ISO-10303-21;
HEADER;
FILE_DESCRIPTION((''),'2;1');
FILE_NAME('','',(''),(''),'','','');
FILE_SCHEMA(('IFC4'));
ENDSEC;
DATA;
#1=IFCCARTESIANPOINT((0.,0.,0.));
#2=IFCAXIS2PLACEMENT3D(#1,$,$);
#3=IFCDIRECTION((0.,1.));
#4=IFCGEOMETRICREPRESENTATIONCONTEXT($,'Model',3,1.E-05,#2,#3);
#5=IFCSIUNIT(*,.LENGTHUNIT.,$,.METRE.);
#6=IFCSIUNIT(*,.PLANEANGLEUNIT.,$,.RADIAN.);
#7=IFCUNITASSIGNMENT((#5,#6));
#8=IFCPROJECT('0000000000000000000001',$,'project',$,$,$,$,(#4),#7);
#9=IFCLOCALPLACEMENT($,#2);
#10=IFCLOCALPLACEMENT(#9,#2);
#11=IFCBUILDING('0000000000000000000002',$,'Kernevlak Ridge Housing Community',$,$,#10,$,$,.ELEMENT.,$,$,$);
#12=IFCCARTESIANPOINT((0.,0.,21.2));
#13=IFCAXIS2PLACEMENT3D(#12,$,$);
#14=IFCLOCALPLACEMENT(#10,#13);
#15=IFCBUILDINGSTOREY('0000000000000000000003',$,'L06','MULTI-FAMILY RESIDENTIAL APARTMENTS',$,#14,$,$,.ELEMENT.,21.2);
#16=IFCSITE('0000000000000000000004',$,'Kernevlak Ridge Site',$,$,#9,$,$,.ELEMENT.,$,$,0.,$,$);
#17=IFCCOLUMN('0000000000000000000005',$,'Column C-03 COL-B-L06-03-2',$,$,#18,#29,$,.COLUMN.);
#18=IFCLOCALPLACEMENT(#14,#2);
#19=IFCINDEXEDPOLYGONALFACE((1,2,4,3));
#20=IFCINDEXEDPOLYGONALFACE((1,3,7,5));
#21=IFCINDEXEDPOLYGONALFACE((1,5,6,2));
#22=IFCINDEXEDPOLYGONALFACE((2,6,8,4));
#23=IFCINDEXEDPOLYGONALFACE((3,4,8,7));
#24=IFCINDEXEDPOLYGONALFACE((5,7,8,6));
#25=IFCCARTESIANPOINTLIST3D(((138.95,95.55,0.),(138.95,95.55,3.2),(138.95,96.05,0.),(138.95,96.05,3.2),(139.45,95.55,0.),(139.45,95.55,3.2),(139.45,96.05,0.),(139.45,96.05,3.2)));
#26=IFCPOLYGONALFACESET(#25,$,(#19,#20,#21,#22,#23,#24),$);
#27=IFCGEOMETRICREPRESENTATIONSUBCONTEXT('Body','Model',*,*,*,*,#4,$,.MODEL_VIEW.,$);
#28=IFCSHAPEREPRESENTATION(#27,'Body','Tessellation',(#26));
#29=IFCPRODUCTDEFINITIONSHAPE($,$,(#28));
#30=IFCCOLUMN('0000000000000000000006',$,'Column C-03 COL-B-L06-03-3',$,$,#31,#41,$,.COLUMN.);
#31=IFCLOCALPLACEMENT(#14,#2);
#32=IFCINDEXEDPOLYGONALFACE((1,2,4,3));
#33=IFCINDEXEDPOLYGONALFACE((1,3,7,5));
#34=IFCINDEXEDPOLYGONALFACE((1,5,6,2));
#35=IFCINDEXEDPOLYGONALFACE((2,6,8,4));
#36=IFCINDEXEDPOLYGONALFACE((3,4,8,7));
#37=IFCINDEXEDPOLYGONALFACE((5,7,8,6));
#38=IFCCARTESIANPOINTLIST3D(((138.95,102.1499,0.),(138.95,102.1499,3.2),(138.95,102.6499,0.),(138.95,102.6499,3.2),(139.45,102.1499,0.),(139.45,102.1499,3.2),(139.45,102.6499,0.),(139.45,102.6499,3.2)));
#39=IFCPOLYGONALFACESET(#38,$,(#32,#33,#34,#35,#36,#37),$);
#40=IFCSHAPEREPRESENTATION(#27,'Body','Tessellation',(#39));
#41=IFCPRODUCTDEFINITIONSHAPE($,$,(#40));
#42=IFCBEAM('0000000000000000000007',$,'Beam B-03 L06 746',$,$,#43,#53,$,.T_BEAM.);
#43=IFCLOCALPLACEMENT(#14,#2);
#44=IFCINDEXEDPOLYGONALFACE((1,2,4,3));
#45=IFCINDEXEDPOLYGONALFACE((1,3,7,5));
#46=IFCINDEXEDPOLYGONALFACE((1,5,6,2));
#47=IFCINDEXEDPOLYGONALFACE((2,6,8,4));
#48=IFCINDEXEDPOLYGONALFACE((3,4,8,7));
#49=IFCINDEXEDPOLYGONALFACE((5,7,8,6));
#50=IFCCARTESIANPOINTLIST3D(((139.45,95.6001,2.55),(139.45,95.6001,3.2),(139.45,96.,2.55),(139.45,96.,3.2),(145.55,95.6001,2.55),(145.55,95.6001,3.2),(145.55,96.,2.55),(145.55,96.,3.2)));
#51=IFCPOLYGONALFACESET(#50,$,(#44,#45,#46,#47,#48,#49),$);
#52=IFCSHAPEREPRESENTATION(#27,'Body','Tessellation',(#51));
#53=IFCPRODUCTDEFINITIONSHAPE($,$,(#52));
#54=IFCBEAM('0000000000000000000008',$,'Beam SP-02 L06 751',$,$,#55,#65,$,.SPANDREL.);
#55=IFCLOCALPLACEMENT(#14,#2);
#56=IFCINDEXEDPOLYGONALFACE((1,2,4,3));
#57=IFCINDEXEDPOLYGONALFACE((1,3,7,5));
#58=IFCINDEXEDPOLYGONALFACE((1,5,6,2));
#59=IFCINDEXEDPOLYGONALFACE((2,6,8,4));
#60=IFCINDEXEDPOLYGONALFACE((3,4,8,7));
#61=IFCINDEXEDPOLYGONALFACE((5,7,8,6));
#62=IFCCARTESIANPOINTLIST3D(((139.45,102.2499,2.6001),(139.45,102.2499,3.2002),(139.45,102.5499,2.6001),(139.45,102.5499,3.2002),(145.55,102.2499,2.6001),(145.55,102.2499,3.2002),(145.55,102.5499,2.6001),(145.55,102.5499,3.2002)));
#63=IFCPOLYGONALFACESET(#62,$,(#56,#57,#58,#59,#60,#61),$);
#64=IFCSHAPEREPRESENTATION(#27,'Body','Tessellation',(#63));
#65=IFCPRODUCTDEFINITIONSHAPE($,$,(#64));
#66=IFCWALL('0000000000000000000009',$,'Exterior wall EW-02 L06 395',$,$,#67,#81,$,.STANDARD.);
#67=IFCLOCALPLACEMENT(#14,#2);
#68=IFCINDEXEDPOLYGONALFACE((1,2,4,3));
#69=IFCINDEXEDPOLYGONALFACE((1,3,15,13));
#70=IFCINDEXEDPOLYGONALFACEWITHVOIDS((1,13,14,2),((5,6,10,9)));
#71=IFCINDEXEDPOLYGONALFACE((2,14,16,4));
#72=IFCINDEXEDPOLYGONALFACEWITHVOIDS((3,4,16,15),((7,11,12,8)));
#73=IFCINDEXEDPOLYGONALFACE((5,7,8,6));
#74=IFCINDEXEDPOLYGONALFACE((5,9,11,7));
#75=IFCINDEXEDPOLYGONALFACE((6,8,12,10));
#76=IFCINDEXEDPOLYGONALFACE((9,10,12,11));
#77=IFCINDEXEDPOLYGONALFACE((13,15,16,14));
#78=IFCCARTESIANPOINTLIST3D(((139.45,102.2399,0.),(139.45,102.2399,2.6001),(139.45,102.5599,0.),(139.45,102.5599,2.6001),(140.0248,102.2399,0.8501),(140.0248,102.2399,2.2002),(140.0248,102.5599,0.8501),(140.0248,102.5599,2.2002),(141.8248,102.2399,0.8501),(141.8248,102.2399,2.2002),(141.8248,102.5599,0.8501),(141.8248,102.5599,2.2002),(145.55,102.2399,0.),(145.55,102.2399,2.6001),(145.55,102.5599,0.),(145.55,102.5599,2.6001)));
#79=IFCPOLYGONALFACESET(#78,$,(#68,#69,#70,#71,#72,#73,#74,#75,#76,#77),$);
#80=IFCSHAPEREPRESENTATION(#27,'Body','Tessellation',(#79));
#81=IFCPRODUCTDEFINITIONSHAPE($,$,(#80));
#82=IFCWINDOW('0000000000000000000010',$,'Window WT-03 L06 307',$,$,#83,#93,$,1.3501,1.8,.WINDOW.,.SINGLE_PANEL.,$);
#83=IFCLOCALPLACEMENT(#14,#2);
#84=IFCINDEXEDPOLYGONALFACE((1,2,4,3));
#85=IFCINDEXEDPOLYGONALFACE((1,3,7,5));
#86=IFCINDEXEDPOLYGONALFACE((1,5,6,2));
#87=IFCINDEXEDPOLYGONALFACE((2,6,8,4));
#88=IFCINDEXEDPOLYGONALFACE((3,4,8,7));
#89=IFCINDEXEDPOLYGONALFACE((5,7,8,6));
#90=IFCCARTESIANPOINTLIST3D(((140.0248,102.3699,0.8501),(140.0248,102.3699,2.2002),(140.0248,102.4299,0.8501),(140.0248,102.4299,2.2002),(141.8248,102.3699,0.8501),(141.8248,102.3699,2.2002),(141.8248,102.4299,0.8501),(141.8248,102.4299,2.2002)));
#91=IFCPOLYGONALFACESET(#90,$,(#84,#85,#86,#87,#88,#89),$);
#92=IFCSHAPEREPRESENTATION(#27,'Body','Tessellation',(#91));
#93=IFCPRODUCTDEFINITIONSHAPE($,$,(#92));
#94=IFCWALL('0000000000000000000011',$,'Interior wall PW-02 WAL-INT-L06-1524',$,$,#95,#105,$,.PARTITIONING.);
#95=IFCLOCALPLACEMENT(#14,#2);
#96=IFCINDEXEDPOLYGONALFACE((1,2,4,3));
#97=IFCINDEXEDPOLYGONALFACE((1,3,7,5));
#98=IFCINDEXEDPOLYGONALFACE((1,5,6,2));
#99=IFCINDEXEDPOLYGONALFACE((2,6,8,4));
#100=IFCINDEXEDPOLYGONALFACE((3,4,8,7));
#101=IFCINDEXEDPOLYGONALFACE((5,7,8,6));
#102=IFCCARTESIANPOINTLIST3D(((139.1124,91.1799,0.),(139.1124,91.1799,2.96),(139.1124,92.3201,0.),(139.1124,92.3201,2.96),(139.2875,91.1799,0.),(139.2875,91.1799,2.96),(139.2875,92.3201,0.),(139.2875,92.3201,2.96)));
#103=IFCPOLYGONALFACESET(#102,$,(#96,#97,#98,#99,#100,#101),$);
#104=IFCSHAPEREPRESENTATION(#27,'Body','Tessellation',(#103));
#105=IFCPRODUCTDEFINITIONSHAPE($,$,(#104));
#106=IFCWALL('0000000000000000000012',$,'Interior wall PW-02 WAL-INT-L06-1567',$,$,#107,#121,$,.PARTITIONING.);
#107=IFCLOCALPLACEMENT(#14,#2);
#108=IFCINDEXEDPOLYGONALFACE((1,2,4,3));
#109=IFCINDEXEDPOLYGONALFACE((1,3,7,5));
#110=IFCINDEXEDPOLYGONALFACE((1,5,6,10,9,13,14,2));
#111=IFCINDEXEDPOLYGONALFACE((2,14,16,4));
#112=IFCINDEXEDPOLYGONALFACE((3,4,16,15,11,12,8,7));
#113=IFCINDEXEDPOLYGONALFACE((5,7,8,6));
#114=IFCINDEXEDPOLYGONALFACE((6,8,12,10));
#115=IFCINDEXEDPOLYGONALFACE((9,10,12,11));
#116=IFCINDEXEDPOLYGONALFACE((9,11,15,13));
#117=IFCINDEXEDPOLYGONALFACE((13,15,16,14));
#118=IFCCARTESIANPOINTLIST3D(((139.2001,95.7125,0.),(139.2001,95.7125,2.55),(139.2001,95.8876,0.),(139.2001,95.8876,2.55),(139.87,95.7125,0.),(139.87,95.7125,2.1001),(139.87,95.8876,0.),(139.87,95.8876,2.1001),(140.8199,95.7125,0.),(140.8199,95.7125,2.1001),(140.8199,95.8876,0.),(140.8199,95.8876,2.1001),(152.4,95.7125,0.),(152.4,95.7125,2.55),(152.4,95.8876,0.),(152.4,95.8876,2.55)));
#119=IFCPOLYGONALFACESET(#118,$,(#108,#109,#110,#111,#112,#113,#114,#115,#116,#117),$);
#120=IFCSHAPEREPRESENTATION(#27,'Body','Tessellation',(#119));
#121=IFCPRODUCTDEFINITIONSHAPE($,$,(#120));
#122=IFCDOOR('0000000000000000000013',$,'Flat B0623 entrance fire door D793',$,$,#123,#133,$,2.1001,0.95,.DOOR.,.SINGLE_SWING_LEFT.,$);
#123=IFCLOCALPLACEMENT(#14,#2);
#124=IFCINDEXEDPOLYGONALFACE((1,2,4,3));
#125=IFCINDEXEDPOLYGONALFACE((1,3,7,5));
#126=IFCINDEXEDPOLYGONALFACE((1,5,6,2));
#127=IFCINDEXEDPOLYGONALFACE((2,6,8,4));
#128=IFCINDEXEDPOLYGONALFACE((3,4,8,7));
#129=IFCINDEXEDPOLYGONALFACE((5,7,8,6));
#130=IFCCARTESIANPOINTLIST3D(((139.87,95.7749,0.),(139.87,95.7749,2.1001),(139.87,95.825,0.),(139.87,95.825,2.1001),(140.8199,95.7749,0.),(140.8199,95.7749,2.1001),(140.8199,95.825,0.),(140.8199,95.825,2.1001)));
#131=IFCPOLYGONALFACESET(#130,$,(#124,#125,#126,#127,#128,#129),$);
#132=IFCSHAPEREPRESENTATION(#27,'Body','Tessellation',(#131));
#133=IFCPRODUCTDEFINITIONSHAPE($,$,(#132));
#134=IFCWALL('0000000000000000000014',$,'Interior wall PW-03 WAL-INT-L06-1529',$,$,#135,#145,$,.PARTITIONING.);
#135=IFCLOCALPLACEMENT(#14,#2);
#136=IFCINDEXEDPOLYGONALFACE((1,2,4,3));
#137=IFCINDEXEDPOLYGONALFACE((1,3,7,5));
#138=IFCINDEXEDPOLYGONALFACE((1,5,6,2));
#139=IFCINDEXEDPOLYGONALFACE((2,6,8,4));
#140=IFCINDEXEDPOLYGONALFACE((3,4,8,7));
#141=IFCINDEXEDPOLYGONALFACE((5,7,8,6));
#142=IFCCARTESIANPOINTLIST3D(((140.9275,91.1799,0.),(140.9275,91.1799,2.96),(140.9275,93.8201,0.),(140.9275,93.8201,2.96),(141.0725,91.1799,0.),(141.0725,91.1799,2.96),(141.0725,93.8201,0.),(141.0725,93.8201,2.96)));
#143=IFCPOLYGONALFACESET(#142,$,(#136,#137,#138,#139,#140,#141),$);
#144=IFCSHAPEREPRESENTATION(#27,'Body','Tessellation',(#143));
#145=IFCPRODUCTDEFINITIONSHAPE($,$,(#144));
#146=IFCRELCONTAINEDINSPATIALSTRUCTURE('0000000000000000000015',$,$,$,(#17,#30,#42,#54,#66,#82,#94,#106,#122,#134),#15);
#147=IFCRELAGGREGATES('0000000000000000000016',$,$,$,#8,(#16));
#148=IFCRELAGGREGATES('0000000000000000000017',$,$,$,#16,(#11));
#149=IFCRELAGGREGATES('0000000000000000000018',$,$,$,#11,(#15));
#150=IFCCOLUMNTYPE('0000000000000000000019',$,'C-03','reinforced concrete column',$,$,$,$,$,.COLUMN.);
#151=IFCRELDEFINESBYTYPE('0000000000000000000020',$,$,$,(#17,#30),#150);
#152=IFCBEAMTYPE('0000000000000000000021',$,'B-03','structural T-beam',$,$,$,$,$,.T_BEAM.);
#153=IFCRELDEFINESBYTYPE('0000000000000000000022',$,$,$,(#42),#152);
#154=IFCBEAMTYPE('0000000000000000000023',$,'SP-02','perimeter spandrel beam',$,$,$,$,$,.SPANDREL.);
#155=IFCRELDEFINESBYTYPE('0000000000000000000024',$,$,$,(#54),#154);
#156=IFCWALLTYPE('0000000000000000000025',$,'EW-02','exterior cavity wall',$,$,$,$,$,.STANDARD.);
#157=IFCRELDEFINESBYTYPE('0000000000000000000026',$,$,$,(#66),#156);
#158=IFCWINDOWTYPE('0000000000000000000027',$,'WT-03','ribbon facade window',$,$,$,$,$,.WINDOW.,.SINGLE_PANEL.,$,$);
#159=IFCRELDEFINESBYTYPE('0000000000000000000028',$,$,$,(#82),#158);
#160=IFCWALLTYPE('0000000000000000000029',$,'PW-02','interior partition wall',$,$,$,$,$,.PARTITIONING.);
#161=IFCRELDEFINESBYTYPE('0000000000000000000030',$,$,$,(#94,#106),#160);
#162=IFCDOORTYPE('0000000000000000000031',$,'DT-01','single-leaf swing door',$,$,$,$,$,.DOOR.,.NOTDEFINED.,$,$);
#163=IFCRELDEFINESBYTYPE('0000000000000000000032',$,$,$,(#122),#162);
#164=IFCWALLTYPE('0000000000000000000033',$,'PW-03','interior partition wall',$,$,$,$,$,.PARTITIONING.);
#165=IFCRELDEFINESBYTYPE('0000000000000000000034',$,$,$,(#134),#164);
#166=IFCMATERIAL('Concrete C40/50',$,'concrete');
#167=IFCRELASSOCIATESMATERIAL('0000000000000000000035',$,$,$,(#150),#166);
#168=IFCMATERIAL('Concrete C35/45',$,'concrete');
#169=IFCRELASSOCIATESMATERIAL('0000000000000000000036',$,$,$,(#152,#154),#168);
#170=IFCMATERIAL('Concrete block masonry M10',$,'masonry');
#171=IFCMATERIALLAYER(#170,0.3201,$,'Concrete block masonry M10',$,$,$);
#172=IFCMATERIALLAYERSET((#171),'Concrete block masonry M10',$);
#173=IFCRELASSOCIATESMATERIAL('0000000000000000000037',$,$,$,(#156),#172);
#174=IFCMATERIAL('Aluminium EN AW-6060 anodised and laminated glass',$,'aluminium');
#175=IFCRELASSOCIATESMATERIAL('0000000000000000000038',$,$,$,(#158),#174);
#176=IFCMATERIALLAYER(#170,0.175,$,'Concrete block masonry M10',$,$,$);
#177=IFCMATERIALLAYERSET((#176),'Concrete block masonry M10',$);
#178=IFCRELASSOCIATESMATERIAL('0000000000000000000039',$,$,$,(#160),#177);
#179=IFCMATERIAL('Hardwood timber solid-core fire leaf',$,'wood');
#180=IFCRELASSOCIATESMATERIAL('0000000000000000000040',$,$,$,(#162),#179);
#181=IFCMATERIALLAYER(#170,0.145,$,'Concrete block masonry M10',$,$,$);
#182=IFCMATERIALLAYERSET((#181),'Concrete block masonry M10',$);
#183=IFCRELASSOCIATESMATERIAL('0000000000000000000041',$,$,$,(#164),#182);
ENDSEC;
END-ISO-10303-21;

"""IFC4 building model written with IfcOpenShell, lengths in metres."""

from ifc_helpers import new_model, si_unit, direction, frame, frame_2d, origin, origin_2d, place, context, subcontext, project, spatial, rectangle, extrude, material, layer, layer_set, material_profile, profile_set, type_object, element, fill, save


model = new_model("IFC4")

# Units and contexts
model_context = context("Model", 3, precision=1e-05, world=origin(), true_north=direction((0.0, 1.0)))
body_context = subcontext(model_context, "Body", "Model", "MODEL_VIEW")
ifc_project = project(units=[si_unit("LENGTHUNIT", "METRE"), si_unit("PLANEANGLEUNIT", "RADIAN")], contexts=[model_context])

# Site, building, storey
site_placement = place(None, origin())
site = spatial("IfcSite", under=ifc_project, at=site_placement, Name="Kernevlak Ridge Site", CompositionType="ELEMENT", RefElevation=0.0)
building_placement = place(site_placement, origin())
building = spatial("IfcBuilding", under=site, at=building_placement, Name="Kernevlak Ridge Housing Community", CompositionType="ELEMENT")
storey_placement = place(building_placement, frame((0.0, 0.0, 21.2)))
storey = spatial("IfcBuildingStorey", under=building, at=storey_placement, Name="L06", Description="MULTI-FAMILY RESIDENTIAL APARTMENTS", CompositionType="ELEMENT", Elevation=21.2)

# Columns
ifc_material_1 = material(Name="Concrete C40/50", Category="concrete")
ifc_material_profile_1 = material_profile(ifc_material_1, rectangle(XDim=0.5, YDim=0.5, at=origin_2d()), Name="RC 500x500")
ifc_profile_set_1 = profile_set([ifc_material_profile_1], Name="Concrete C40/50")
column_type = type_object("IfcColumnType", Name="C-03", Description="reinforced concrete column", PredefinedType="COLUMN", material=ifc_profile_set_1)
for number, where, z_axis, x_axis, name in (
    (1, (139.2, 95.8, 0.0), (0.0, 0.0, 1.0), (1.0, 0.0, 0.0), "Column C-03 COL-B-L06-03-2"),
    (2, (139.2, 102.3999, 0.0), (0.0, 0.0, 1.0), (1.0, 0.0, 0.0), "Column C-03 COL-B-L06-03-3"),
):
    element("IfcColumn", number, at=place(storey_placement, frame(where, z_axis=z_axis, x_axis=x_axis)), inside=storey, type_object=column_type, Name=name, PredefinedType="COLUMN", context=body_context, shape_type="SweptSolid", body=[
        extrude(rectangle(XDim=0.5, YDim=0.5, at=origin_2d()), origin(), (0.0, 0.0, 1.0), 3.2),
    ])

# Beams
ifc_material_2 = material(Name="Concrete C35/45", Category="concrete")
ifc_material_profile_2 = material_profile(ifc_material_2, rectangle(XDim=0.3999, YDim=0.6499, at=origin_2d()), Name="RC 400x650")
ifc_profile_set_2 = profile_set([ifc_material_profile_2], Name="Concrete C35/45")
beam_type_1 = type_object("IfcBeamType", Name="B-03", Description="structural T-beam", PredefinedType="T_BEAM", material=ifc_profile_set_2)
beam_1_placement = place(storey_placement, frame((139.45, 95.8, 2.875), z_axis=(1.0, 0.0, 0.0), x_axis=(0.0, 1.0, 0.0)))
element("IfcBeam", 3, at=beam_1_placement, inside=storey, type_object=beam_type_1, Name="Beam B-03 L06 746", PredefinedType="T_BEAM", context=body_context, shape_type="SweptSolid", body=[
    extrude(rectangle(XDim=0.3999, YDim=0.6499, at=origin_2d()), origin(), (0.0, 0.0, 1.0), 6.1001),
])
ifc_material_profile_3 = material_profile(ifc_material_2, rectangle(XDim=0.3, YDim=0.6001, at=origin_2d()), Name="RC 300x600")
ifc_profile_set_3 = profile_set([ifc_material_profile_3], Name="Concrete C35/45")
beam_type_2 = type_object("IfcBeamType", Name="SP-02", Description="perimeter spandrel beam", PredefinedType="SPANDREL", material=ifc_profile_set_3)
beam_2_placement = place(storey_placement, frame((139.45, 102.3999, 2.9001), z_axis=(1.0, 0.0, 0.0), x_axis=(0.0, 1.0, 0.0)))
element("IfcBeam", 4, at=beam_2_placement, inside=storey, type_object=beam_type_2, Name="Beam SP-02 L06 751", PredefinedType="SPANDREL", context=body_context, shape_type="SweptSolid", body=[
    extrude(rectangle(XDim=0.3, YDim=0.6001, at=origin_2d()), origin(), (0.0, 0.0, 1.0), 6.1001),
])

# Wall, opening, window
ifc_material_3 = material(Name="Concrete block masonry M10", Category="masonry")
ifc_layer_1 = layer(ifc_material_3, 0.3201, Name="Concrete block masonry M10")
ifc_layer_set_1 = layer_set([ifc_layer_1], Name="Concrete block masonry M10")
wall_type_1 = type_object("IfcWallType", Name="EW-02", Description="exterior cavity wall", PredefinedType="STANDARD", material=ifc_layer_set_1)
wall_1_placement = place(storey_placement, frame((139.45, 102.3999, 0.0), z_axis=(0.0, 0.0, 1.0), x_axis=(1.0, 0.0, 0.0)))
wall_1 = element("IfcWall", 5, at=wall_1_placement, inside=storey, type_object=wall_type_1, Name="Exterior wall EW-02 L06 395", PredefinedType="STANDARD", context=body_context, shape_type="SweptSolid", body=[
    extrude(rectangle(XDim=6.1001, YDim=0.3201, at=frame_2d((3.05, 0.0))), origin(), (0.0, 0.0, 1.0), 2.6001),
])
opening_1_placement = place(wall_1_placement, frame((0.575, 0.0, 0.8501)))
opening_1 = element("IfcOpeningElement", 6, at=opening_1_placement, cuts=wall_1, PredefinedType="OPENING", context=body_context, shape_type="SweptSolid", body=[
    extrude(rectangle(XDim=1.8, YDim=1.3501, at=frame_2d((0.8999, 0.675))), frame((0.0, 0.1699, 0.0), z_axis=(0.0, -1.0, 0.0), x_axis=(1.0, 0.0, 0.0)), (0.0, 0.0, 1.0), 0.3401),
])
ifc_material_4 = material(Name="Aluminium EN AW-6060 anodised and laminated glass", Category="aluminium")
window_type = type_object("IfcWindowType", Name="WT-03", Description="ribbon facade window", PartitioningType="SINGLE_PANEL", PredefinedType="WINDOW", material=ifc_material_4)
window_placement = place(opening_1_placement, origin())
window = element("IfcWindow", 7, at=window_placement, inside=storey, type_object=window_type, Name="Window WT-03 L06 307", OverallHeight=1.3501, OverallWidth=1.8, PartitioningType="SINGLE_PANEL", PredefinedType="WINDOW", context=body_context, shape_type="SweptSolid", body=[
    extrude(rectangle(XDim=1.8, YDim=1.3501, at=frame_2d((0.8999, 0.675))), frame((0.0, 0.03, 0.0), z_axis=(0.0, -1.0, 0.0), x_axis=(1.0, 0.0, 0.0)), (0.0, 0.0, 1.0), 0.0601),
])
fill(opening_1, window)

# Wall
ifc_layer_2 = layer(ifc_material_3, 0.175, Name="Concrete block masonry M10")
ifc_layer_set_2 = layer_set([ifc_layer_2], Name="Concrete block masonry M10")
wall_type_2 = type_object("IfcWallType", Name="PW-02", Description="interior partition wall", PredefinedType="PARTITIONING", material=ifc_layer_set_2)
wall_2_placement = place(storey_placement, frame((139.2, 91.1799, 0.0), z_axis=(0.0, 0.0, 1.0), x_axis=(0.0, 1.0, 0.0)))
element("IfcWall", 8, at=wall_2_placement, inside=storey, type_object=wall_type_2, Name="Interior wall PW-02 WAL-INT-L06-1524", PredefinedType="PARTITIONING", context=body_context, shape_type="SweptSolid", body=[
    extrude(rectangle(XDim=1.1401, YDim=0.175, at=frame_2d((0.5701, 0.0))), origin(), (0.0, 0.0, 1.0), 2.96),
])

# Wall, opening, door
wall_3_placement = place(storey_placement, frame((139.2, 95.8, 0.0), z_axis=(0.0, 0.0, 1.0), x_axis=(1.0, 0.0, 0.0)))
wall_3 = element("IfcWall", 9, at=wall_3_placement, inside=storey, type_object=wall_type_2, Name="Interior wall PW-02 WAL-INT-L06-1567", PredefinedType="PARTITIONING", context=body_context, shape_type="SweptSolid", body=[
    extrude(rectangle(XDim=13.2, YDim=0.175, at=frame_2d((6.6001, 0.0))), origin(), (0.0, 0.0, 1.0), 2.55),
])
opening_2_placement = place(wall_3_placement, frame((0.6699, 0.0, 0.0)))
opening_2 = element("IfcOpeningElement", 10, at=opening_2_placement, cuts=wall_3, PredefinedType="OPENING", context=body_context, shape_type="SweptSolid", body=[
    extrude(rectangle(XDim=0.95, YDim=2.1001, at=frame_2d((0.4751, 1.05))), frame((0.0, 0.0974, 0.0), z_axis=(0.0, -1.0, 0.0), x_axis=(1.0, 0.0, 0.0)), (0.0, 0.0, 1.0), 0.1951),
])
ifc_material_5 = material(Name="Hardwood timber solid-core fire leaf", Category="wood")
door_type_1 = type_object("IfcDoorType", Name="DT-01", Description="single-leaf swing door", OperationType="NOTDEFINED", PredefinedType="DOOR", material=ifc_material_5)
door_1_placement = place(opening_2_placement, origin())
door_1 = element("IfcDoor", 11, at=door_1_placement, inside=storey, type_object=door_type_1, Name="Flat B0623 entrance fire door D793", OperationType="SINGLE_SWING_LEFT", OverallHeight=2.1001, OverallWidth=0.95, PredefinedType="DOOR", context=body_context, shape_type="SweptSolid", body=[
    extrude(rectangle(XDim=0.95, YDim=2.1001, at=frame_2d((0.4751, 1.05))), frame((0.0, 0.0249, 0.0), z_axis=(0.0, -1.0, 0.0), x_axis=(1.0, 0.0, 0.0)), (0.0, 0.0, 1.0), 0.05),
])
fill(opening_2, door_1)

# Wall
ifc_layer_3 = layer(ifc_material_3, 0.145, Name="Concrete block masonry M10")
ifc_layer_set_3 = layer_set([ifc_layer_3], Name="Concrete block masonry M10")
wall_type_3 = type_object("IfcWallType", Name="PW-03", Description="interior partition wall", PredefinedType="PARTITIONING", material=ifc_layer_set_3)
wall_4_placement = place(storey_placement, frame((141.0, 91.1799, 0.0), z_axis=(0.0, 0.0, 1.0), x_axis=(0.0, 1.0, 0.0)))
element("IfcWall", 12, at=wall_4_placement, inside=storey, type_object=wall_type_3, Name="Interior wall PW-03 WAL-INT-L06-1529", PredefinedType="PARTITIONING", context=body_context, shape_type="SweptSolid", body=[
    extrude(rectangle(XDim=2.6401, YDim=0.145, at=frame_2d((1.3201, 0.0))), origin(), (0.0, 0.0, 1.0), 2.96),
])

save(model, "model.ifc")
